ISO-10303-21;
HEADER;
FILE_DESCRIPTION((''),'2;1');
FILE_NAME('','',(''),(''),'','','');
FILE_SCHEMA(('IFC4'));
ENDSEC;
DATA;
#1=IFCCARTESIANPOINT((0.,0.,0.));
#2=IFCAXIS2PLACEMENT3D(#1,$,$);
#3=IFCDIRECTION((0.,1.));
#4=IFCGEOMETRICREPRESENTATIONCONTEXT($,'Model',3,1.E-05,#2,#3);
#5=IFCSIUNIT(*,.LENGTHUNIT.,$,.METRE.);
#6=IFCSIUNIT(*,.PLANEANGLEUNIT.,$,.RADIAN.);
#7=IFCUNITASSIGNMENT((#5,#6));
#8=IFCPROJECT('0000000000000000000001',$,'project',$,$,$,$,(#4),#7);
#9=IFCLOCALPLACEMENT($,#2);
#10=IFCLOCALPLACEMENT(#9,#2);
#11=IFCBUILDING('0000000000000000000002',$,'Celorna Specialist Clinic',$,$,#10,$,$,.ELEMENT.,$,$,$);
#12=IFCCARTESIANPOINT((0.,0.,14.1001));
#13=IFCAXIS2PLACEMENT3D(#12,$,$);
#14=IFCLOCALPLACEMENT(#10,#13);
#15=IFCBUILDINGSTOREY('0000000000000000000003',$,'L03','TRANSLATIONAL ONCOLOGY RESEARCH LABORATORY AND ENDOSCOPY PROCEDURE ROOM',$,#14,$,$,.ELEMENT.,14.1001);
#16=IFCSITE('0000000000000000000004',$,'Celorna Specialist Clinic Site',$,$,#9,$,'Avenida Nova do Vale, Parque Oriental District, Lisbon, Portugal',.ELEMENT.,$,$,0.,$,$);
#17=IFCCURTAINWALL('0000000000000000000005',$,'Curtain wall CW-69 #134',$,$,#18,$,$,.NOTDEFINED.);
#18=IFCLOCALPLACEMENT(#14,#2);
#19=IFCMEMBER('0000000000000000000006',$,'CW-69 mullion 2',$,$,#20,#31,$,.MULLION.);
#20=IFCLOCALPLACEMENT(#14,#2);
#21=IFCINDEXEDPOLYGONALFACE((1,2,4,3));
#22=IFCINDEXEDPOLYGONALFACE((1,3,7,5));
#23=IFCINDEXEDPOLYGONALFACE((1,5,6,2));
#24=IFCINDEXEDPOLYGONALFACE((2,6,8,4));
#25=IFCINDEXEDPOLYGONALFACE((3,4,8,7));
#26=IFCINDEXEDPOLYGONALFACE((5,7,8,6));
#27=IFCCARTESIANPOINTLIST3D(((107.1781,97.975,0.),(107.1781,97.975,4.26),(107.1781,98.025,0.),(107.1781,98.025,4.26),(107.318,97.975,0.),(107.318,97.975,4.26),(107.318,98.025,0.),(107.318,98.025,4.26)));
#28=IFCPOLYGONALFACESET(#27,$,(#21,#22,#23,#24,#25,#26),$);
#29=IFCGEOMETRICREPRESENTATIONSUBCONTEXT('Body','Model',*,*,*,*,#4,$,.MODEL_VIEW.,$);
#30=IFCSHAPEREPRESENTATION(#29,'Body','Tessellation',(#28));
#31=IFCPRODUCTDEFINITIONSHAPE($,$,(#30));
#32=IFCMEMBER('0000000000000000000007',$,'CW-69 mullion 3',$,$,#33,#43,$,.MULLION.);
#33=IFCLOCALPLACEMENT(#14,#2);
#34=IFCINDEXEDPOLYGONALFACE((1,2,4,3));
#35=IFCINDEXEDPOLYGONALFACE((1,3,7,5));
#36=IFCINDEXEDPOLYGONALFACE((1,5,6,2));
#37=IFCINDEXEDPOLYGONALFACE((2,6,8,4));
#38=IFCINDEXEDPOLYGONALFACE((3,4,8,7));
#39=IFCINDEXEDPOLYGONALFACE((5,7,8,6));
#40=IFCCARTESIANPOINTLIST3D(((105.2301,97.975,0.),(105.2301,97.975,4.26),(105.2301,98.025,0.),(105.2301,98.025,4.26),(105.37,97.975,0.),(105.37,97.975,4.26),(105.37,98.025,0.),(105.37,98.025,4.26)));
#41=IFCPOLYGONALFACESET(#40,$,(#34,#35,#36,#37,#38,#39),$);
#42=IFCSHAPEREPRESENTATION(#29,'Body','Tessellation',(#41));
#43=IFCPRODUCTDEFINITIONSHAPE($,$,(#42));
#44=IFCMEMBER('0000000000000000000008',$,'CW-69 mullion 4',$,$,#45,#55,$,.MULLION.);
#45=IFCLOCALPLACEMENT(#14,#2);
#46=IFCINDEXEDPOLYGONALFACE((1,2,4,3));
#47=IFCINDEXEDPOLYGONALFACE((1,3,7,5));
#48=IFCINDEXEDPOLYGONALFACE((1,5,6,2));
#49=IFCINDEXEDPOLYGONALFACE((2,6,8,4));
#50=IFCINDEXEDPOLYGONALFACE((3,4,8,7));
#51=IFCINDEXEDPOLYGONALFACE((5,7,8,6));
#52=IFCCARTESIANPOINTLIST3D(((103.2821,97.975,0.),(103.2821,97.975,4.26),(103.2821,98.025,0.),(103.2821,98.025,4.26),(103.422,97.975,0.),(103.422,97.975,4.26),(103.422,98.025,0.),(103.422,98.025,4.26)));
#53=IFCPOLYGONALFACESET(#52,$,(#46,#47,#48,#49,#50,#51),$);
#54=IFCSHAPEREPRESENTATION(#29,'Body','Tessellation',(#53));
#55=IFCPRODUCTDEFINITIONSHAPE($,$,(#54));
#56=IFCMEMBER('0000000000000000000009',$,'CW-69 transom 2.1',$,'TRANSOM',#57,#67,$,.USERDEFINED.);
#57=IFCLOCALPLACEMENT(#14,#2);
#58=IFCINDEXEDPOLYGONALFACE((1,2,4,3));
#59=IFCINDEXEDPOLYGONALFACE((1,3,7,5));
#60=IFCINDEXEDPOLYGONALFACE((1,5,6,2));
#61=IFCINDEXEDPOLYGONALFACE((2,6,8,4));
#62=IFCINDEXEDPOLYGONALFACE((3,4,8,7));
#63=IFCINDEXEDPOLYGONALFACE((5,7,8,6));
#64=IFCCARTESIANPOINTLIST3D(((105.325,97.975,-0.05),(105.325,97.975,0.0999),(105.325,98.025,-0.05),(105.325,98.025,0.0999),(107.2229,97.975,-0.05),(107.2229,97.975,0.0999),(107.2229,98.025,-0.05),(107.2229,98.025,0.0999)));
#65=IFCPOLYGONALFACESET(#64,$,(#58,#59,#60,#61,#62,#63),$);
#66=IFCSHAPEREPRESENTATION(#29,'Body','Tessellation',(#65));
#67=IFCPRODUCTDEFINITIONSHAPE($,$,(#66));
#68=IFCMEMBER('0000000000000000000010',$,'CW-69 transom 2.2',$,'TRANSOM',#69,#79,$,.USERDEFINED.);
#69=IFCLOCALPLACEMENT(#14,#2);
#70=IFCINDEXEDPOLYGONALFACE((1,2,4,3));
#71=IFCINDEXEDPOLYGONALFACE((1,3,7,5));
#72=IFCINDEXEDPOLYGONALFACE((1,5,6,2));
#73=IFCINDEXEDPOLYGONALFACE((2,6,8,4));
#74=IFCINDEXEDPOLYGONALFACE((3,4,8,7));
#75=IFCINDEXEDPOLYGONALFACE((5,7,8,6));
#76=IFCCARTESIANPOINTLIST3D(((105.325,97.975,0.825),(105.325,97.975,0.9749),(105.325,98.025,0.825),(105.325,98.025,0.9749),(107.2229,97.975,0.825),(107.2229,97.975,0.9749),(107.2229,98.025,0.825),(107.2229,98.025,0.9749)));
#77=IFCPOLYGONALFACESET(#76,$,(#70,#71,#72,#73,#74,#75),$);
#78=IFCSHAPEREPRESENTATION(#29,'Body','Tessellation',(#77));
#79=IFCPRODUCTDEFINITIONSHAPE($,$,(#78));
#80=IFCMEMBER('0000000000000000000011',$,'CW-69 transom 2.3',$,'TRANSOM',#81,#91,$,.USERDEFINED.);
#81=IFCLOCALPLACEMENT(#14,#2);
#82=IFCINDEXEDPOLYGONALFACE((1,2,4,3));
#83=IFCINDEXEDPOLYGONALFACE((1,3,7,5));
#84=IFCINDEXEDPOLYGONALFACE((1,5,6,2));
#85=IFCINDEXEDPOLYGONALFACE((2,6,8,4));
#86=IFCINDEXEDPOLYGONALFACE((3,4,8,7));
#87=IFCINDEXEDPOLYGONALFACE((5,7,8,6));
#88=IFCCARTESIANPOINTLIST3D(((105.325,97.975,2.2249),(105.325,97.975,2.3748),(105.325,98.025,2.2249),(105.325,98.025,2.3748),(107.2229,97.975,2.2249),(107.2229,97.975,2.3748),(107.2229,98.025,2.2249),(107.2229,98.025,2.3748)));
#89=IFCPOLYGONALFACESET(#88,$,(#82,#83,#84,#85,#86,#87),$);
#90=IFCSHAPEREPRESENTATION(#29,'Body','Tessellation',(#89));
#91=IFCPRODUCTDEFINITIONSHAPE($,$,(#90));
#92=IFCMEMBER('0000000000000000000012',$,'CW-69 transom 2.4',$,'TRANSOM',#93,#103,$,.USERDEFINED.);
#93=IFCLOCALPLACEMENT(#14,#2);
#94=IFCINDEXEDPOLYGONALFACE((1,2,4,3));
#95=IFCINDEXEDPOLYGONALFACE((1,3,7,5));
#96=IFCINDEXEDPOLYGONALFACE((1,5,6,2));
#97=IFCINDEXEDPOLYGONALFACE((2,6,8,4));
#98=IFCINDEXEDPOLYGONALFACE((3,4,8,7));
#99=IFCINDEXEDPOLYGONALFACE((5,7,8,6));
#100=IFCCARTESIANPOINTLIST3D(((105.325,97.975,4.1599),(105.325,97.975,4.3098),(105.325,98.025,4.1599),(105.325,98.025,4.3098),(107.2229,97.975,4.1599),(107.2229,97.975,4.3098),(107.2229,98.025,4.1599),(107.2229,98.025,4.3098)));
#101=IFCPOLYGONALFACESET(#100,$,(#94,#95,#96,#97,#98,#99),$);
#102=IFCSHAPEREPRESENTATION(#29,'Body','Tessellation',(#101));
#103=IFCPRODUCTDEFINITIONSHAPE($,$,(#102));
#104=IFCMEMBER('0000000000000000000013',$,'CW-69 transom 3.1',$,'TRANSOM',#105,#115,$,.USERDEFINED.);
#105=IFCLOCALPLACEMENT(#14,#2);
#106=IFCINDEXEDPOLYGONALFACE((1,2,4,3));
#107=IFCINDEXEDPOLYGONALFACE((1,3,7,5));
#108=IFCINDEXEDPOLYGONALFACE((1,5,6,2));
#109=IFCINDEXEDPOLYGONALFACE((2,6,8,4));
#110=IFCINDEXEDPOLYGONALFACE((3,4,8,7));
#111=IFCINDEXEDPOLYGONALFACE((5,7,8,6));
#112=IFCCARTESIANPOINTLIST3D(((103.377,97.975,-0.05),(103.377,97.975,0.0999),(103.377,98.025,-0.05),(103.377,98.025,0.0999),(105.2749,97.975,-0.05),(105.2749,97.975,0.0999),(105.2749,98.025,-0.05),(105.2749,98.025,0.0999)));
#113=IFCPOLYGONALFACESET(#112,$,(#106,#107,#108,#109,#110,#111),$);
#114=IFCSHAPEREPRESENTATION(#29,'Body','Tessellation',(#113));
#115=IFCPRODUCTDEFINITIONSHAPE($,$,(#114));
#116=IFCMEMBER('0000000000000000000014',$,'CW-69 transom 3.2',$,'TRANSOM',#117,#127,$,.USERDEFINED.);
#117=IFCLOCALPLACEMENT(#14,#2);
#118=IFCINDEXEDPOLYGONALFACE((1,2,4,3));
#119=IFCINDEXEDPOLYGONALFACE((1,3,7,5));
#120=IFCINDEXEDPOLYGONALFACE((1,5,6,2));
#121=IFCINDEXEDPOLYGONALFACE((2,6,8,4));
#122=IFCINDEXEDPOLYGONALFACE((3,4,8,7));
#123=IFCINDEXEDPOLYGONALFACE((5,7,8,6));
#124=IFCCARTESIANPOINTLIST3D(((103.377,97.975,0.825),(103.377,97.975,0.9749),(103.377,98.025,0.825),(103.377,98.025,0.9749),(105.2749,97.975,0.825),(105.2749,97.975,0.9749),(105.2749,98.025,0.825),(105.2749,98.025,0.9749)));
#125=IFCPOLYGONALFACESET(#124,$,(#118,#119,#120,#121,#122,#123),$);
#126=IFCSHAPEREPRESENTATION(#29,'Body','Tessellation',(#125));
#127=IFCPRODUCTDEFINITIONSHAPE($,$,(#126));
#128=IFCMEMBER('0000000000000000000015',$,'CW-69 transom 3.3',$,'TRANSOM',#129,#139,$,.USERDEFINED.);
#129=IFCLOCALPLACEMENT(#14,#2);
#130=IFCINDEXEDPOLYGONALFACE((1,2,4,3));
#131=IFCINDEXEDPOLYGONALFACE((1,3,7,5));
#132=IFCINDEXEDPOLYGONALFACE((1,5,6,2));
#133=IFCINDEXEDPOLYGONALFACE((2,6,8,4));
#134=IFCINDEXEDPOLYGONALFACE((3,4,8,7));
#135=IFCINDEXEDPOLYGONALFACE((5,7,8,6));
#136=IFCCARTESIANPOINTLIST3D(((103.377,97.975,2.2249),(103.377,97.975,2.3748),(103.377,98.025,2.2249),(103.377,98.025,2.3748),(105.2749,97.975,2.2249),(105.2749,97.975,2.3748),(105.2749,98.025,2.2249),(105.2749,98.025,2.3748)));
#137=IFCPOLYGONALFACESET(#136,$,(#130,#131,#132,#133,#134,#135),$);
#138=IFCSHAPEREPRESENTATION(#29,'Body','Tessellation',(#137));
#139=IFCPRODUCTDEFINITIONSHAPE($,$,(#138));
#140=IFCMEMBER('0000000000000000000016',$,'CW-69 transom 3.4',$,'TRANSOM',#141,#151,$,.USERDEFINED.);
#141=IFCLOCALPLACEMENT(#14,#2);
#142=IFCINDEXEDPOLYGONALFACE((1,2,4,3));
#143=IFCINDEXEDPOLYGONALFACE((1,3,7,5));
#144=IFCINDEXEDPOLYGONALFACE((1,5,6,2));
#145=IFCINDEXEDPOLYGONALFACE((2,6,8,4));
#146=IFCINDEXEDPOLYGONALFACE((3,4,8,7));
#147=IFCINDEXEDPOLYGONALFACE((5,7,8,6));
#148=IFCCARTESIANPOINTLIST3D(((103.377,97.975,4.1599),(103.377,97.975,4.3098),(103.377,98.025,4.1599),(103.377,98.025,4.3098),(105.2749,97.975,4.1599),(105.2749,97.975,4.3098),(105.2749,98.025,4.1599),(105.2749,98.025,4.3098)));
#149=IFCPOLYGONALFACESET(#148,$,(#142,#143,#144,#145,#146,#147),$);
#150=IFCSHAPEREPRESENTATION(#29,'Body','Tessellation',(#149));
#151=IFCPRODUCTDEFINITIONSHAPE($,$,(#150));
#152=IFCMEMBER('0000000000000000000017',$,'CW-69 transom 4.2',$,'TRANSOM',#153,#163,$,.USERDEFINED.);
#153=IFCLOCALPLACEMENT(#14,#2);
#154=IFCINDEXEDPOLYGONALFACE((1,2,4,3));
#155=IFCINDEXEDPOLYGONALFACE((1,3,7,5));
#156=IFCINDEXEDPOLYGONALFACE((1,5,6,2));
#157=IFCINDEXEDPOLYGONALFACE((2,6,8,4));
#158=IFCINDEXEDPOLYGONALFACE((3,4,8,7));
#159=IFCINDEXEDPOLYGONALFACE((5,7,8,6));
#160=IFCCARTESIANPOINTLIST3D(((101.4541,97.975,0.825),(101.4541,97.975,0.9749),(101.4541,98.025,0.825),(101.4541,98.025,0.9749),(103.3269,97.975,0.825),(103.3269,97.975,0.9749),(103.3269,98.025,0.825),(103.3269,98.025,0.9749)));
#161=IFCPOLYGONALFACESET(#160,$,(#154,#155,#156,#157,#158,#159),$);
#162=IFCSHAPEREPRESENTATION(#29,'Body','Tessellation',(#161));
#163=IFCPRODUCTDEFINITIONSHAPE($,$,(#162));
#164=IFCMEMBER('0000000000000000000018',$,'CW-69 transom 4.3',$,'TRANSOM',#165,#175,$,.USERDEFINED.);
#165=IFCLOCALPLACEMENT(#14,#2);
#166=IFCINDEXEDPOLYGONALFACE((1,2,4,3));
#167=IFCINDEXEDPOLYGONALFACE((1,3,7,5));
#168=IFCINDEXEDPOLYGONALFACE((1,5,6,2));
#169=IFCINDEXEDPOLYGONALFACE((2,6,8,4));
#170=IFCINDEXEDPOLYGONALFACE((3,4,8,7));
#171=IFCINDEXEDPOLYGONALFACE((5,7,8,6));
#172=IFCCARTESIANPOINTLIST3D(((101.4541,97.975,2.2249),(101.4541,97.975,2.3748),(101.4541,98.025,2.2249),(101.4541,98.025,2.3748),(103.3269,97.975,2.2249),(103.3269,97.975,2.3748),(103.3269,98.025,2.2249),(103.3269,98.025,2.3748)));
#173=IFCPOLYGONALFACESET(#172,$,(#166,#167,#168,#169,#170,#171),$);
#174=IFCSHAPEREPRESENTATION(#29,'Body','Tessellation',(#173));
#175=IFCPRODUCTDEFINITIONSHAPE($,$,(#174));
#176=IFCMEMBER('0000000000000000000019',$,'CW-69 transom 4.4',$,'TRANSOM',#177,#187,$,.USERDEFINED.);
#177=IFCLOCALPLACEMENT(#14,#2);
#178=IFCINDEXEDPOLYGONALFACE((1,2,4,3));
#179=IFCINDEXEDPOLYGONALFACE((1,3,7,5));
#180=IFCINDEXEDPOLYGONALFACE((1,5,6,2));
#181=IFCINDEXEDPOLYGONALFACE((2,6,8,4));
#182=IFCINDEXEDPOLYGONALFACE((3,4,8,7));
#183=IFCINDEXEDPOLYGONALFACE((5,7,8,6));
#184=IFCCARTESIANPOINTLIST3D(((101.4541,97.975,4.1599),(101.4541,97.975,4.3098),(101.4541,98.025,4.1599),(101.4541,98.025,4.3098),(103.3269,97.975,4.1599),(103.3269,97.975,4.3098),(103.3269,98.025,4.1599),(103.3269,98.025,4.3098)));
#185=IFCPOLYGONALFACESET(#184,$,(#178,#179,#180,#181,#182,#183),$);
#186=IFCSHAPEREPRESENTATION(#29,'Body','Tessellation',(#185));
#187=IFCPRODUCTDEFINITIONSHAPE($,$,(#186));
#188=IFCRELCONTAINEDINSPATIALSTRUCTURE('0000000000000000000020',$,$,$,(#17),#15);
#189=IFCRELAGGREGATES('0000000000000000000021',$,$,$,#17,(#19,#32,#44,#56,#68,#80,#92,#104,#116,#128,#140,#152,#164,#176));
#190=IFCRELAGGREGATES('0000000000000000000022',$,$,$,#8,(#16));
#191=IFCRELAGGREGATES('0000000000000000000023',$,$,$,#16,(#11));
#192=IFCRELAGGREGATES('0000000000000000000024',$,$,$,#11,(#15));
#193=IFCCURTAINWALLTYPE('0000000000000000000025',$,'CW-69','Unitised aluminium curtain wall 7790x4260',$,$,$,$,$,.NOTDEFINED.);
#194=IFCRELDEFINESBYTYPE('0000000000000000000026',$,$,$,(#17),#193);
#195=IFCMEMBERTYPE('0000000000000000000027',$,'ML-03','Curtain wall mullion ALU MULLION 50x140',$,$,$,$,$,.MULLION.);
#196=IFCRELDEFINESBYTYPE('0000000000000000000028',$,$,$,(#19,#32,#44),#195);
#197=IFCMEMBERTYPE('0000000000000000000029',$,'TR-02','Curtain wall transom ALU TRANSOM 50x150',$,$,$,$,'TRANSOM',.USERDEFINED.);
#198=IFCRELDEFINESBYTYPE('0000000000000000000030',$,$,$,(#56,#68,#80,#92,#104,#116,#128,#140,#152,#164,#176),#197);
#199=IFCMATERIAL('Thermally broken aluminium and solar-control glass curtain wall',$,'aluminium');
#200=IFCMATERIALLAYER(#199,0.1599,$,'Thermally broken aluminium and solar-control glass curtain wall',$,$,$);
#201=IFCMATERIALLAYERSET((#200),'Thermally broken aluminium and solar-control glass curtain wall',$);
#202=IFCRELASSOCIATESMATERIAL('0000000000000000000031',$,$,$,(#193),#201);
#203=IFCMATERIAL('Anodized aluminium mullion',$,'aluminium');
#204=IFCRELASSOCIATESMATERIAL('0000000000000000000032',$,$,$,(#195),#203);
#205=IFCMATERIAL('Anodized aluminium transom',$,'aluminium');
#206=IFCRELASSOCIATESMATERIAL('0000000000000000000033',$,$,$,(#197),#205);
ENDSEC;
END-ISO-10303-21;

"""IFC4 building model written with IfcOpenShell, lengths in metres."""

from ifc_helpers import new_model, si_unit, direction, frame, origin, origin_2d, place, context, subcontext, project, spatial, rectangle, extrude, material, layer, layer_set, material_profile, profile_set, type_object, element, aggregate, save


model = new_model("IFC4")

# Units and contexts
model_context = context("Model", 3, precision=1e-05, world=origin(), true_north=direction((0.0, 1.0)))
body_context = subcontext(model_context, "Body", "Model", "MODEL_VIEW")
ifc_project = project(units=[si_unit("LENGTHUNIT", "METRE"), si_unit("PLANEANGLEUNIT", "RADIAN")], contexts=[model_context])

# Site, building, storey
site_placement = place(None, origin())
site = spatial("IfcSite", under=ifc_project, at=site_placement, Name="Celorna Specialist Clinic Site", LongName="Avenida Nova do Vale, Parque Oriental District, Lisbon, Portugal", CompositionType="ELEMENT", RefElevation=0.0)
building_placement = place(site_placement, origin())
building = spatial("IfcBuilding", under=site, at=building_placement, Name="Celorna Specialist Clinic", CompositionType="ELEMENT")
storey_placement = place(building_placement, frame((0.0, 0.0, 14.1001)))
storey = spatial("IfcBuildingStorey", under=building, at=storey_placement, Name="L03", Description="TRANSLATIONAL ONCOLOGY RESEARCH LABORATORY AND ENDOSCOPY PROCEDURE ROOM", CompositionType="ELEMENT", Elevation=14.1001)

# Curtain wall, members
ifc_material_1 = material(Name="Thermally broken aluminium and solar-control glass curtain wall", Category="aluminium")
ifc_layer_1 = layer(ifc_material_1, 0.1599, Name="Thermally broken aluminium and solar-control glass curtain wall")
ifc_layer_set_1 = layer_set([ifc_layer_1], Name="Thermally broken aluminium and solar-control glass curtain wall")
curtain_wall_type = type_object("IfcCurtainWallType", Name="CW-69", Description="Unitised aluminium curtain wall 7790x4260", PredefinedType="NOTDEFINED", material=ifc_layer_set_1)
curtain_wall_placement = place(storey_placement, origin())
curtain_wall = element("IfcCurtainWall", 1, at=curtain_wall_placement, inside=storey, type_object=curtain_wall_type, Name="Curtain wall CW-69 #134", PredefinedType="NOTDEFINED")
ifc_material_2 = material(Name="Anodized aluminium mullion", Category="aluminium")
ifc_material_profile_1 = material_profile(ifc_material_2, rectangle(XDim=0.05, YDim=0.1399, at=origin_2d()), Name="ALU MULLION 50x140")
ifc_profile_set_1 = profile_set([ifc_material_profile_1], Name="Anodized aluminium mullion")
member_type_1 = type_object("IfcMemberType", Name="ML-03", Description="Curtain wall mullion ALU MULLION 50x140", PredefinedType="MULLION", material=ifc_profile_set_1)
member_1_placement = place(storey_placement, frame((107.248, 98.0, 0.0), z_axis=(0.0, 0.0, 1.0), x_axis=(0.0, -1.0, 0.0)))
member_1 = element("IfcMember", 2, at=member_1_placement, type_object=member_type_1, Name="CW-69 mullion 2", PredefinedType="MULLION", context=body_context, shape_type="SweptSolid", body=[
    extrude(rectangle(XDim=0.05, YDim=0.1399, at=origin_2d()), origin(), (0.0, 0.0, 1.0), 4.26),
])
member_2_placement = place(storey_placement, frame((105.3, 98.0, 0.0), z_axis=(0.0, 0.0, 1.0), x_axis=(0.0, -1.0, 0.0)))
member_2 = element("IfcMember", 3, at=member_2_placement, type_object=member_type_1, Name="CW-69 mullion 3", PredefinedType="MULLION", context=body_context, shape_type="SweptSolid", body=[
    extrude(rectangle(XDim=0.05, YDim=0.1399, at=origin_2d()), origin(), (0.0, 0.0, 1.0), 4.26),
])
member_3_placement = place(storey_placement, frame((103.3521, 98.0, 0.0), z_axis=(0.0, 0.0, 1.0), x_axis=(0.0, -1.0, 0.0)))
member_3 = element("IfcMember", 4, at=member_3_placement, type_object=member_type_1, Name="CW-69 mullion 4", PredefinedType="MULLION", context=body_context, shape_type="SweptSolid", body=[
    extrude(rectangle(XDim=0.05, YDim=0.1399, at=origin_2d()), origin(), (0.0, 0.0, 1.0), 4.26),
])
ifc_material_3 = material(Name="Anodized aluminium transom", Category="aluminium")
ifc_material_profile_2 = material_profile(ifc_material_3, rectangle(XDim=0.05, YDim=0.1499, at=origin_2d()), Name="ALU TRANSOM 50x150")
ifc_profile_set_2 = profile_set([ifc_material_profile_2], Name="Anodized aluminium transom")
member_type_2 = type_object("IfcMemberType", Name="TR-02", Description="Curtain wall transom ALU TRANSOM 50x150", ElementType="TRANSOM", PredefinedType="USERDEFINED", material=ifc_profile_set_2)
member_4_placement = place(storey_placement, frame((107.2229, 98.0, 0.0249), z_axis=(-1.0, 0.0, 0.0), x_axis=(0.0, -1.0, 0.0)))
member_4 = element("IfcMember", 5, at=member_4_placement, type_object=member_type_2, Name="CW-69 transom 2.1", ObjectType="TRANSOM", PredefinedType="USERDEFINED", context=body_context, shape_type="SweptSolid", body=[
    extrude(rectangle(XDim=0.05, YDim=0.1499, at=origin_2d()), origin(), (0.0, 0.0, 1.0), 1.8979),
])
member_5_placement = place(storey_placement, frame((107.2229, 98.0, 0.8999), z_axis=(-1.0, 0.0, 0.0), x_axis=(0.0, -1.0, 0.0)))
member_5 = element("IfcMember", 6, at=member_5_placement, type_object=member_type_2, Name="CW-69 transom 2.2", ObjectType="TRANSOM", PredefinedType="USERDEFINED", context=body_context, shape_type="SweptSolid", body=[
    extrude(rectangle(XDim=0.05, YDim=0.1499, at=origin_2d()), origin(), (0.0, 0.0, 1.0), 1.8979),
])
member_6_placement = place(storey_placement, frame((107.2229, 98.0, 2.2998), z_axis=(-1.0, 0.0, 0.0), x_axis=(0.0, -1.0, 0.0)))
member_6 = element("IfcMember", 7, at=member_6_placement, type_object=member_type_2, Name="CW-69 transom 2.3", ObjectType="TRANSOM", PredefinedType="USERDEFINED", context=body_context, shape_type="SweptSolid", body=[
    extrude(rectangle(XDim=0.05, YDim=0.1499, at=origin_2d()), origin(), (0.0, 0.0, 1.0), 1.8979),
])
member_7_placement = place(storey_placement, frame((107.2229, 98.0, 4.2349), z_axis=(-1.0, 0.0, 0.0), x_axis=(0.0, -1.0, 0.0)))
member_7 = element("IfcMember", 8, at=member_7_placement, type_object=member_type_2, Name="CW-69 transom 2.4", ObjectType="TRANSOM", PredefinedType="USERDEFINED", context=body_context, shape_type="SweptSolid", body=[
    extrude(rectangle(XDim=0.05, YDim=0.1499, at=origin_2d()), origin(), (0.0, 0.0, 1.0), 1.8979),
])
member_8_placement = place(storey_placement, frame((105.2749, 98.0, 0.0249), z_axis=(-1.0, 0.0, 0.0), x_axis=(0.0, -1.0, 0.0)))
member_8 = element("IfcMember", 9, at=member_8_placement, type_object=member_type_2, Name="CW-69 transom 3.1", ObjectType="TRANSOM", PredefinedType="USERDEFINED", context=body_context, shape_type="SweptSolid", body=[
    extrude(rectangle(XDim=0.05, YDim=0.1499, at=origin_2d()), origin(), (0.0, 0.0, 1.0), 1.8979),
])
member_9_placement = place(storey_placement, frame((105.2749, 98.0, 0.8999), z_axis=(-1.0, 0.0, 0.0), x_axis=(0.0, -1.0, 0.0)))
member_9 = element("IfcMember", 10, at=member_9_placement, type_object=member_type_2, Name="CW-69 transom 3.2", ObjectType="TRANSOM", PredefinedType="USERDEFINED", context=body_context, shape_type="SweptSolid", body=[
    extrude(rectangle(XDim=0.05, YDim=0.1499, at=origin_2d()), origin(), (0.0, 0.0, 1.0), 1.8979),
])
member_10_placement = place(storey_placement, frame((105.2749, 98.0, 2.2998), z_axis=(-1.0, 0.0, 0.0), x_axis=(0.0, -1.0, 0.0)))
member_10 = element("IfcMember", 11, at=member_10_placement, type_object=member_type_2, Name="CW-69 transom 3.3", ObjectType="TRANSOM", PredefinedType="USERDEFINED", context=body_context, shape_type="SweptSolid", body=[
    extrude(rectangle(XDim=0.05, YDim=0.1499, at=origin_2d()), origin(), (0.0, 0.0, 1.0), 1.8979),
])
member_11_placement = place(storey_placement, frame((105.2749, 98.0, 4.2349), z_axis=(-1.0, 0.0, 0.0), x_axis=(0.0, -1.0, 0.0)))
member_11 = element("IfcMember", 12, at=member_11_placement, type_object=member_type_2, Name="CW-69 transom 3.4", ObjectType="TRANSOM", PredefinedType="USERDEFINED", context=body_context, shape_type="SweptSolid", body=[
    extrude(rectangle(XDim=0.05, YDim=0.1499, at=origin_2d()), origin(), (0.0, 0.0, 1.0), 1.8979),
])
member_12_placement = place(storey_placement, frame((103.3269, 98.0, 0.8999), z_axis=(-1.0, 0.0, 0.0), x_axis=(0.0, -1.0, 0.0)))
member_12 = element("IfcMember", 13, at=member_12_placement, type_object=member_type_2, Name="CW-69 transom 4.2", ObjectType="TRANSOM", PredefinedType="USERDEFINED", context=body_context, shape_type="SweptSolid", body=[
    extrude(rectangle(XDim=0.05, YDim=0.1499, at=origin_2d()), origin(), (0.0, 0.0, 1.0), 1.8728),
])
member_13_placement = place(storey_placement, frame((103.3269, 98.0, 2.2998), z_axis=(-1.0, 0.0, 0.0), x_axis=(0.0, -1.0, 0.0)))
member_13 = element("IfcMember", 14, at=member_13_placement, type_object=member_type_2, Name="CW-69 transom 4.3", ObjectType="TRANSOM", PredefinedType="USERDEFINED", context=body_context, shape_type="SweptSolid", body=[
    extrude(rectangle(XDim=0.05, YDim=0.1499, at=origin_2d()), origin(), (0.0, 0.0, 1.0), 1.8728),
])
member_14_placement = place(storey_placement, frame((103.3269, 98.0, 4.2349), z_axis=(-1.0, 0.0, 0.0), x_axis=(0.0, -1.0, 0.0)))
member_14 = element("IfcMember", 15, at=member_14_placement, type_object=member_type_2, Name="CW-69 transom 4.4", ObjectType="TRANSOM", PredefinedType="USERDEFINED", context=body_context, shape_type="SweptSolid", body=[
    extrude(rectangle(XDim=0.05, YDim=0.1499, at=origin_2d()), origin(), (0.0, 0.0, 1.0), 1.8728),
])
aggregate(curtain_wall, [member_1, member_2, member_3, member_4, member_5, member_6, member_7, member_8, member_9, member_10, member_11, member_12, member_13, member_14])

save(model, "model.ifc")
